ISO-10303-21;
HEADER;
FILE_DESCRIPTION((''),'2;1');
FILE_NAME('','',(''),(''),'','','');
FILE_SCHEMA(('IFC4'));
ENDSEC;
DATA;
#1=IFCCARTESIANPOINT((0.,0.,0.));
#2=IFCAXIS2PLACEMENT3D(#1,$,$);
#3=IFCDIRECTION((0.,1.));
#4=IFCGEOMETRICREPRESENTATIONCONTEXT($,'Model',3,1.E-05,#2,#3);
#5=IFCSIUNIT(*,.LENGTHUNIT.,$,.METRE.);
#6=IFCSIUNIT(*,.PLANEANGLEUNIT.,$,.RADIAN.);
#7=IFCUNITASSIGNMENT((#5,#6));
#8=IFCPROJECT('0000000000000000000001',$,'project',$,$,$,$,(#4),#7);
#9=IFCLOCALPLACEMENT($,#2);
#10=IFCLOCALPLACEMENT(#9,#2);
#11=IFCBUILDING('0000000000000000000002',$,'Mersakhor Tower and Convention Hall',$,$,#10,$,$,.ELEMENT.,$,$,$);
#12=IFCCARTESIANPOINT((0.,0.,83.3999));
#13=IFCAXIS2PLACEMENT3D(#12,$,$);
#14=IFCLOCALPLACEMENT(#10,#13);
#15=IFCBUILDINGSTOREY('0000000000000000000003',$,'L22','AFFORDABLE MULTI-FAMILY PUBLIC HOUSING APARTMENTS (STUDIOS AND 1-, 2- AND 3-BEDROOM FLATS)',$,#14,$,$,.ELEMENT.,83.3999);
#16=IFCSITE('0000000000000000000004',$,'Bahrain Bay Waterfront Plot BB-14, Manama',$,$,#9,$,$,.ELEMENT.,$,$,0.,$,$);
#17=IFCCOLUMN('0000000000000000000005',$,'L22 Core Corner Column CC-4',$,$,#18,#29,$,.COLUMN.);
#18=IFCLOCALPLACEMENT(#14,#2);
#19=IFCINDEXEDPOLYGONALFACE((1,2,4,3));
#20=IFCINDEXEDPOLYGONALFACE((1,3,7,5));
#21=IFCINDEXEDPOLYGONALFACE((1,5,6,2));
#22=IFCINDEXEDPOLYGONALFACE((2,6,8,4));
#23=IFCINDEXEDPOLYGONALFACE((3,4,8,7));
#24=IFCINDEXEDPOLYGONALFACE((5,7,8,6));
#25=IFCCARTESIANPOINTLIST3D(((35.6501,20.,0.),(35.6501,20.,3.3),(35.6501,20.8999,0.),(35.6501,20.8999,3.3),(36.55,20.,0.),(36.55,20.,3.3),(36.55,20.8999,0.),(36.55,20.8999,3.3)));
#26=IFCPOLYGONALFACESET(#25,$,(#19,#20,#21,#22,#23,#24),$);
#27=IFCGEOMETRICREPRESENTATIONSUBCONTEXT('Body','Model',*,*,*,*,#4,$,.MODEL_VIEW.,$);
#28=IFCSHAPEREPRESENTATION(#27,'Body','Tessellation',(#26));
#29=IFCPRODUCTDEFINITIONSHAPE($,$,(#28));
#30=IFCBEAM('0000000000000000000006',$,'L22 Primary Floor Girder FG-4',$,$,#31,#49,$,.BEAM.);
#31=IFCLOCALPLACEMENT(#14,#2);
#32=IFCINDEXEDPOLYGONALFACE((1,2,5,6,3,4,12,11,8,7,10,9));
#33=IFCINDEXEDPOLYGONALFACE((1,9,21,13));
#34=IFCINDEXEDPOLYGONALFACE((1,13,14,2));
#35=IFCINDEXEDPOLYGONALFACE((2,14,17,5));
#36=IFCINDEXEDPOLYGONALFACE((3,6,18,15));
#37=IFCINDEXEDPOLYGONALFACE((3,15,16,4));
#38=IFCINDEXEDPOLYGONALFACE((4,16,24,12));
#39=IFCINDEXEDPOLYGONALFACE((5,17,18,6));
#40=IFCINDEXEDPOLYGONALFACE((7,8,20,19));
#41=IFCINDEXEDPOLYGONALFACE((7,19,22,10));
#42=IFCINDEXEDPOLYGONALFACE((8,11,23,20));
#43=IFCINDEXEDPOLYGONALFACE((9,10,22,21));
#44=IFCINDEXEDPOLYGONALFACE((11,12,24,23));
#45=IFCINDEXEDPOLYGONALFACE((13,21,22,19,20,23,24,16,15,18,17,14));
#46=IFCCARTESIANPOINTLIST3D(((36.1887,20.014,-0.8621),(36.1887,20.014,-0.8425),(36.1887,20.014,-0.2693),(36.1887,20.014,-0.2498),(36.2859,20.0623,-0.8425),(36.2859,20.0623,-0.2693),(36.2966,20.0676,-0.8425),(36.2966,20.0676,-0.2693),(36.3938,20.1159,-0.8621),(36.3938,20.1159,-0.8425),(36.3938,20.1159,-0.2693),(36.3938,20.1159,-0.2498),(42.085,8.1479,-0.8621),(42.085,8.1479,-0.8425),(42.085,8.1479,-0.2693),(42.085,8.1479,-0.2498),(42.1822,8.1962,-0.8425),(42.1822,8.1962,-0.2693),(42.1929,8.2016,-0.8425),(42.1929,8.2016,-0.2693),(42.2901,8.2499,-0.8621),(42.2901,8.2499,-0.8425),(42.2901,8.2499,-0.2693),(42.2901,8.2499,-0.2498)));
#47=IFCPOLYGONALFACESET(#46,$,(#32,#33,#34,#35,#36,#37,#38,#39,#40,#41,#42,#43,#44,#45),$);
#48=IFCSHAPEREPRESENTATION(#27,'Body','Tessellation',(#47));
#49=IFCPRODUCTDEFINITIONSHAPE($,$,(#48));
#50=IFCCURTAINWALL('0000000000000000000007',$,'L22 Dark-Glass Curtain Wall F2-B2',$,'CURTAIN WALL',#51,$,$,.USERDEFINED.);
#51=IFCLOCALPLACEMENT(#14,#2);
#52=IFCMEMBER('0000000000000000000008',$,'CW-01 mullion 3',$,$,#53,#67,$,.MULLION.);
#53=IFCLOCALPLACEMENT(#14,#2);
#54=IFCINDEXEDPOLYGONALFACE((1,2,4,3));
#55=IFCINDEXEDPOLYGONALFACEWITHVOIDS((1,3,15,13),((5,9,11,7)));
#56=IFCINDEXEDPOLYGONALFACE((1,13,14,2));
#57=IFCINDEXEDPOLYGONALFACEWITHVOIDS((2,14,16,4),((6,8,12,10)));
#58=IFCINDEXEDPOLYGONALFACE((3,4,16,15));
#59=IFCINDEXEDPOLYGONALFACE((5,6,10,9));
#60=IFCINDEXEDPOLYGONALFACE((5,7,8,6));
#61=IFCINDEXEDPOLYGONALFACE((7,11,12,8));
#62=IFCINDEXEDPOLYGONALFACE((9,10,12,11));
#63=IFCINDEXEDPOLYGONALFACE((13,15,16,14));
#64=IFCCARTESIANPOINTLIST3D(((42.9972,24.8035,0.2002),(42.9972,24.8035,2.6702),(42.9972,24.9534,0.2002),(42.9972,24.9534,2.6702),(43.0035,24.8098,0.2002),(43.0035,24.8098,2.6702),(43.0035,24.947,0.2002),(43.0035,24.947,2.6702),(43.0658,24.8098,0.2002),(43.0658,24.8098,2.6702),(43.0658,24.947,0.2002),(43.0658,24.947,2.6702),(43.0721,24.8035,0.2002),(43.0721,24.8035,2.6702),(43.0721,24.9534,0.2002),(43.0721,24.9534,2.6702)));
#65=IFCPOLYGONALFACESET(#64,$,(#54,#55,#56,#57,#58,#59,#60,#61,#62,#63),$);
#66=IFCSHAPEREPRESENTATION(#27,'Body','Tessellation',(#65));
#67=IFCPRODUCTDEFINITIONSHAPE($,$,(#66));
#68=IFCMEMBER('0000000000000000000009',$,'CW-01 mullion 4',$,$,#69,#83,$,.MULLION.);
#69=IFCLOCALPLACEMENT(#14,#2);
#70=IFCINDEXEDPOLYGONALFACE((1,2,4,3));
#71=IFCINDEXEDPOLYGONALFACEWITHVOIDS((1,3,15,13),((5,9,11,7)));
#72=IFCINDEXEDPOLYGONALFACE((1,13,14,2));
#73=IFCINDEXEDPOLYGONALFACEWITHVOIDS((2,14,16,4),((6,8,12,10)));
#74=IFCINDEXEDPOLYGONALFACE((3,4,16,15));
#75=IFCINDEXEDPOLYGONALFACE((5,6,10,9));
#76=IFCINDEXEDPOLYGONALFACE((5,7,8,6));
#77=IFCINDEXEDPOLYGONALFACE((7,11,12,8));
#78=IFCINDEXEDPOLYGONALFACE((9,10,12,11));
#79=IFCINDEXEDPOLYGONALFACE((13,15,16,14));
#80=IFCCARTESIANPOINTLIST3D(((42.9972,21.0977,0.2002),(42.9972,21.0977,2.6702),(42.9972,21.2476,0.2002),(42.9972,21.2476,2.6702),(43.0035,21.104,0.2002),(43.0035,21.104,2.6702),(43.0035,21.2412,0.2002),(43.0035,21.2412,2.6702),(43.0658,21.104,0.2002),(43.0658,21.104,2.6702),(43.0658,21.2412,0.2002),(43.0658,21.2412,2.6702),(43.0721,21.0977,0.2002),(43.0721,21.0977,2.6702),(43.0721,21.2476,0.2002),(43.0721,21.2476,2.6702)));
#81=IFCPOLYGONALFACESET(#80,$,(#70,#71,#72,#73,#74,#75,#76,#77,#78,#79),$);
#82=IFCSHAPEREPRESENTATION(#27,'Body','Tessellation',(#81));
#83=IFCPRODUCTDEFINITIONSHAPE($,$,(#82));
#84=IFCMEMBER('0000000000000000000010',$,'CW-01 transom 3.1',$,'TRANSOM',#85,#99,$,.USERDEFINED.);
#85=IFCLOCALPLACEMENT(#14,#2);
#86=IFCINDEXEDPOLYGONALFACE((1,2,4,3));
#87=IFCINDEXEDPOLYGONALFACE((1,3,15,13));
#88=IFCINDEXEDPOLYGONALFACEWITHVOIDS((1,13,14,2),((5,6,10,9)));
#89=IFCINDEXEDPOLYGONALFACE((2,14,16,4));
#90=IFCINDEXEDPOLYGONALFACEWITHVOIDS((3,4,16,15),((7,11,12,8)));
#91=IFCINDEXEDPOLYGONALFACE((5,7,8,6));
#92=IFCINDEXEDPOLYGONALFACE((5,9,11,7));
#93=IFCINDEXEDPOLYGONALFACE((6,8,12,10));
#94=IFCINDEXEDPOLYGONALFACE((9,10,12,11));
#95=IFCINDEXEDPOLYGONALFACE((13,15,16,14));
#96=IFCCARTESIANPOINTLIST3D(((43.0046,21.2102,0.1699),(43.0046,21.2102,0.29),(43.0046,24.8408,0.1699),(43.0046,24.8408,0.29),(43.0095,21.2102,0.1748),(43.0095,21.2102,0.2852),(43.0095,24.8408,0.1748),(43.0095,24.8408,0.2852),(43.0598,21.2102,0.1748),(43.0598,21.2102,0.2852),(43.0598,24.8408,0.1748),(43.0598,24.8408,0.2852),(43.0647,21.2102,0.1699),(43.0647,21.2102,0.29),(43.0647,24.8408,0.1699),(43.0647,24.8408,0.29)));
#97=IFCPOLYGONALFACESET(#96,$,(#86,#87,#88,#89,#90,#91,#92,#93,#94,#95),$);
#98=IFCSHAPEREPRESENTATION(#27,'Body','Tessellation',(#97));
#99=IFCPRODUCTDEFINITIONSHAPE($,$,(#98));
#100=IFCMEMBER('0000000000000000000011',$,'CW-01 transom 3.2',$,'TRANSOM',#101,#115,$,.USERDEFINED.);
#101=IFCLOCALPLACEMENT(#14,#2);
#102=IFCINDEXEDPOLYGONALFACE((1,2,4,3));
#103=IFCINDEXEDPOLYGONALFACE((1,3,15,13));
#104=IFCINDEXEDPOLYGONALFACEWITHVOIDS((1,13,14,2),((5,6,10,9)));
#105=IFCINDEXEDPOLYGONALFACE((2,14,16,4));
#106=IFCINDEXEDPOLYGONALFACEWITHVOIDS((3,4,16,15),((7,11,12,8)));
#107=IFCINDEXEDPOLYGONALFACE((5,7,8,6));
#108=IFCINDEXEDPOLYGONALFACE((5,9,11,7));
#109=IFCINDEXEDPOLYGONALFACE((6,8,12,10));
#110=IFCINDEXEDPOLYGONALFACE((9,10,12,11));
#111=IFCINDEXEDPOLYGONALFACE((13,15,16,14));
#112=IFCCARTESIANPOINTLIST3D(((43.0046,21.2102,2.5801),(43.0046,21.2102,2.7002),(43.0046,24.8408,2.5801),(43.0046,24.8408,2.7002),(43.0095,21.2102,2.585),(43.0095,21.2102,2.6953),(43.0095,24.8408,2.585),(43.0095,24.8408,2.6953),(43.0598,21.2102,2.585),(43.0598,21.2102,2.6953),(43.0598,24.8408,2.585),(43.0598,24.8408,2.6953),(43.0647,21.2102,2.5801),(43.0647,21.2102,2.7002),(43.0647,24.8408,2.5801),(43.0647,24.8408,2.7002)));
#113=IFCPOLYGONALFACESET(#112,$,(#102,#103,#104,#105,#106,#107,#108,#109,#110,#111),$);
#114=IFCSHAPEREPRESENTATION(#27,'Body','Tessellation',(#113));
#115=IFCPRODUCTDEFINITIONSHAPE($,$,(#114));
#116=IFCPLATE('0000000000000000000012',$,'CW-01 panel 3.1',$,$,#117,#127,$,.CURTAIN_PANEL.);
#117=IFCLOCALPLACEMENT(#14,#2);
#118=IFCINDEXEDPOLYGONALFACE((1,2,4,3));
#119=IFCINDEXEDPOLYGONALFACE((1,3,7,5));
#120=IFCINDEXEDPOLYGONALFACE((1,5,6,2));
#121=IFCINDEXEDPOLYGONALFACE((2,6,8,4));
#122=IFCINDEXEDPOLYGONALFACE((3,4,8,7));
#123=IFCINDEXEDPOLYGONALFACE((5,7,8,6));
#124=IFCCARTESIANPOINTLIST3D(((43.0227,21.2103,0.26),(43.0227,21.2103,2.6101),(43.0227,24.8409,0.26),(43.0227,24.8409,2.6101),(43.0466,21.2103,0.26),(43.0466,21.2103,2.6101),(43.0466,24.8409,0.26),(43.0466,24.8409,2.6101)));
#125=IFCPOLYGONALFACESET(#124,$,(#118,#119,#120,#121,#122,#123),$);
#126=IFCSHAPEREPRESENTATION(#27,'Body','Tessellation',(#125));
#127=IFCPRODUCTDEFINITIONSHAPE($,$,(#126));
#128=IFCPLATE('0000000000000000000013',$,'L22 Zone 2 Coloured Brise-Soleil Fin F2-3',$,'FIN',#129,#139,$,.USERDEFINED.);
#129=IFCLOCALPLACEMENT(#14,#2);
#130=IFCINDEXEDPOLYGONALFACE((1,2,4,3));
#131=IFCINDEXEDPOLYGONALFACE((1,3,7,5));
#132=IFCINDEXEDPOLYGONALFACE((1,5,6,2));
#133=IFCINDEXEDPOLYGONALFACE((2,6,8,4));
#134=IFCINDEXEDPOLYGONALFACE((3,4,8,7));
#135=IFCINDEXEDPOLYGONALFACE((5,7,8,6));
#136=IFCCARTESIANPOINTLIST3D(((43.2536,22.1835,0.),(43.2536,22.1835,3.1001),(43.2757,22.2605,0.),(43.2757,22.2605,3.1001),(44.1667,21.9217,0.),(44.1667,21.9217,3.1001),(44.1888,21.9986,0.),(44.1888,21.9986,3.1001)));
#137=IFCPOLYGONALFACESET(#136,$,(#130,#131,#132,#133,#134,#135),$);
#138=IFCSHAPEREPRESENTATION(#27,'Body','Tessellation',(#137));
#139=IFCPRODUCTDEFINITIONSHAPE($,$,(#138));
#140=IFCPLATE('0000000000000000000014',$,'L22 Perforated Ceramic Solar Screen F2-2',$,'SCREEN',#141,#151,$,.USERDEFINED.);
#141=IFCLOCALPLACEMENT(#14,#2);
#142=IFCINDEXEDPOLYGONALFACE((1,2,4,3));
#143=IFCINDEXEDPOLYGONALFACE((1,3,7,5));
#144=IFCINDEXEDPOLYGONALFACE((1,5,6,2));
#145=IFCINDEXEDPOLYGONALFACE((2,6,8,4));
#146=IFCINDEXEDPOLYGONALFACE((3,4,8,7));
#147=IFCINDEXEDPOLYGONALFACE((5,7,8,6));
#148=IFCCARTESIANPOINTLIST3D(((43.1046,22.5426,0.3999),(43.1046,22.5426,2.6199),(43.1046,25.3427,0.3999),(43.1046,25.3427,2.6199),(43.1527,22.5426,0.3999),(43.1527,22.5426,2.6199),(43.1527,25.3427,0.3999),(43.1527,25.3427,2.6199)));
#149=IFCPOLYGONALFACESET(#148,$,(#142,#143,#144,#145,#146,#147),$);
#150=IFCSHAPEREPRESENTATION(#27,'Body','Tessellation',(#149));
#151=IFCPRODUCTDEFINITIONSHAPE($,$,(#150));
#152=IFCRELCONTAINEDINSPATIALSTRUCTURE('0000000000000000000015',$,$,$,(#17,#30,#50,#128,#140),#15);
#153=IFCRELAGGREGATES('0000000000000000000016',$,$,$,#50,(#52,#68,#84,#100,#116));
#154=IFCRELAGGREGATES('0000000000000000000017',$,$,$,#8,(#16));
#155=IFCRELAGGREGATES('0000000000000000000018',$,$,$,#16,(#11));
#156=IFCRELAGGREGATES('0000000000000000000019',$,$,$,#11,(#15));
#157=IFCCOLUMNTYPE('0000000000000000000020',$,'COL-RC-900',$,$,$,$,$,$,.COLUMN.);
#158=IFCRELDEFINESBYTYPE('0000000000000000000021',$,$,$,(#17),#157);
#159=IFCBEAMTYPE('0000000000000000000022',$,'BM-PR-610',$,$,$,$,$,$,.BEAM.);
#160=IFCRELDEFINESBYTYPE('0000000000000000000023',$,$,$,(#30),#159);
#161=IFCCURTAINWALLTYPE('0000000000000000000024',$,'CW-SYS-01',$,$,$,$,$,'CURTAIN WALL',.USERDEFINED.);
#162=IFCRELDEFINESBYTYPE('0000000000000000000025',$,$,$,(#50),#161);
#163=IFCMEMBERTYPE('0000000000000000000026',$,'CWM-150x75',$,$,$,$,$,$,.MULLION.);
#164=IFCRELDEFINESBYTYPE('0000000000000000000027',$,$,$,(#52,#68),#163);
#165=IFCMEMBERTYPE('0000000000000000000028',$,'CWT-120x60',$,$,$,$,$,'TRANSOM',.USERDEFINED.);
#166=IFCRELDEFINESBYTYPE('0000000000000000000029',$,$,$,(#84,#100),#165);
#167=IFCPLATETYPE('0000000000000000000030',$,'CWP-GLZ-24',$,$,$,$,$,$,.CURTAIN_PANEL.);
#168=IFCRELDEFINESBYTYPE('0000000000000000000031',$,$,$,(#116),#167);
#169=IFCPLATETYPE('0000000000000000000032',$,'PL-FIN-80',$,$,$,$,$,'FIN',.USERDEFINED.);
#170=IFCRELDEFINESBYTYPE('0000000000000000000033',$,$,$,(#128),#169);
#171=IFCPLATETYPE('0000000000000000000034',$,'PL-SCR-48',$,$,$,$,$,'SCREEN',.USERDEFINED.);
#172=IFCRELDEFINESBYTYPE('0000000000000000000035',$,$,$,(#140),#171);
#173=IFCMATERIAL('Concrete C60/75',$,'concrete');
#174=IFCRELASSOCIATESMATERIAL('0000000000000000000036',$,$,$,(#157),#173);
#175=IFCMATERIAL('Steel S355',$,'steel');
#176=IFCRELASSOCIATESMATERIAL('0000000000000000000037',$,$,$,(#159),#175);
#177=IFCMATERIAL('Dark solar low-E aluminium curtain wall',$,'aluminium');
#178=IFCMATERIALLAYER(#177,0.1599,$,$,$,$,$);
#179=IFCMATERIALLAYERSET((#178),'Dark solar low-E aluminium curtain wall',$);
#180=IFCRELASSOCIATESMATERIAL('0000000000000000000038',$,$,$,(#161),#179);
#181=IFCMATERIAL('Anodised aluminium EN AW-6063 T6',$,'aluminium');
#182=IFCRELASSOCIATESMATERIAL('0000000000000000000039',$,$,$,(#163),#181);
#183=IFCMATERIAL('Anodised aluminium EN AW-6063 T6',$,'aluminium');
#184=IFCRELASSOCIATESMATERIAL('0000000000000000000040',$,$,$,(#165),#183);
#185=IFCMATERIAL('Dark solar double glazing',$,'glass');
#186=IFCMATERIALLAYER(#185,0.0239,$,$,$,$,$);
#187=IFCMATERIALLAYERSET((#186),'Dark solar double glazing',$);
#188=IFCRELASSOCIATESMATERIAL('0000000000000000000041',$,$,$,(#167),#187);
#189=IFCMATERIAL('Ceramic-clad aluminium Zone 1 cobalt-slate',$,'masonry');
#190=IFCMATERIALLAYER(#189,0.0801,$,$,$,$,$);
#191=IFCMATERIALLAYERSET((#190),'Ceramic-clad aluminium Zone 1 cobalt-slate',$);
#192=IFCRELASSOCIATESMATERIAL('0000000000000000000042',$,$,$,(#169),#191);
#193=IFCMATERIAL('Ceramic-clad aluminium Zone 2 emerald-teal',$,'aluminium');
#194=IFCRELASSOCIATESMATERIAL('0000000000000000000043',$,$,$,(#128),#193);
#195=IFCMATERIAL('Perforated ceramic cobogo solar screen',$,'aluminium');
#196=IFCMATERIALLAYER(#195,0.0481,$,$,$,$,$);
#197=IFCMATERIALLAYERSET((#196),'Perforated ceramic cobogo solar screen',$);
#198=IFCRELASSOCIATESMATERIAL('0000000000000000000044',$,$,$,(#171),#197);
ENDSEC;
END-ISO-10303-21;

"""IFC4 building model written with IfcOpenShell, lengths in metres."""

from ifc_helpers import new_model, si_unit, direction, frame, origin, origin_2d, place, context, subcontext, project, spatial, rectangle, hollow_rectangle, i_section, extrude, material, layer, layer_set, material_profile, profile_set, type_object, element, aggregate, save


model = new_model("IFC4")

# Units and contexts
model_context = context("Model", 3, precision=1e-05, world=origin(), true_north=direction((0.0, 1.0)))
body_context = subcontext(model_context, "Body", "Model", "MODEL_VIEW")
ifc_project = project(units=[si_unit("LENGTHUNIT", "METRE"), si_unit("PLANEANGLEUNIT", "RADIAN")], contexts=[model_context])

# Site, building, storey
site_placement = place(None, origin())
site = spatial("IfcSite", under=ifc_project, at=site_placement, Name="Bahrain Bay Waterfront Plot BB-14, Manama", CompositionType="ELEMENT", RefElevation=0.0)
building_placement = place(site_placement, origin())
building = spatial("IfcBuilding", under=site, at=building_placement, Name="Mersakhor Tower and Convention Hall", CompositionType="ELEMENT")
storey_placement = place(building_placement, frame((0.0, 0.0, 83.3999)))
storey = spatial("IfcBuildingStorey", under=building, at=storey_placement, Name="L22", Description="AFFORDABLE MULTI-FAMILY PUBLIC HOUSING APARTMENTS (STUDIOS AND 1-, 2- AND 3-BEDROOM FLATS)", CompositionType="ELEMENT", Elevation=83.3999)

# Column
ifc_material_1 = material(Name="Concrete C60/75", Category="concrete")
ifc_material_profile_1 = material_profile(ifc_material_1, rectangle(XDim=0.8999, YDim=0.8999, at=origin_2d()), Name="RC 900x900")
ifc_profile_set_1 = profile_set([ifc_material_profile_1], Name="Concrete C60/75")
column_type = type_object("IfcColumnType", Name="COL-RC-900", PredefinedType="COLUMN", material=ifc_profile_set_1)
column_placement = place(storey_placement, frame((36.1001, 20.45, 0.0), z_axis=(0.0, 0.0, 1.0), x_axis=(1.0, 0.0, 0.0)))
element("IfcColumn", 1, at=column_placement, inside=storey, type_object=column_type, Name="L22 Core Corner Column CC-4", PredefinedType="COLUMN", context=body_context, shape_type="SweptSolid", body=[
    extrude(rectangle(XDim=0.8999, YDim=0.8999, at=origin_2d()), origin(), (0.0, 0.0, 1.0), 3.3),
])

# Beam
ifc_material_2 = material(Name="Steel S355", Category="steel")
ifc_material_profile_2 = material_profile(ifc_material_2, i_section(OverallWidth=0.229, OverallDepth=0.6123, WebThickness=0.012, FlangeThickness=0.0195, at=origin_2d()), Name="UB 610x229x125")
ifc_profile_set_2 = profile_set([ifc_material_profile_2], Name="Steel S355")
beam_type = type_object("IfcBeamType", Name="BM-PR-610", PredefinedType="BEAM", material=ifc_profile_set_2)
beam_placement = place(storey_placement, frame((36.2913, 20.0649, -0.5559), z_axis=(0.444994, -0.895534, 0.0), x_axis=(0.895534, 0.444994, 0.0)))
element("IfcBeam", 2, at=beam_placement, inside=storey, type_object=beam_type, Name="L22 Primary Floor Girder FG-4", PredefinedType="BEAM", context=body_context, shape_type="SweptSolid", body=[
    extrude(i_section(OverallWidth=0.229, OverallDepth=0.6123, WebThickness=0.012, FlangeThickness=0.0195, at=origin_2d()), origin(), (0.0, 0.0, 1.0), 13.2502),
])

# Curtain wall, members, plate
ifc_material_3 = material(Name="Dark solar low-E aluminium curtain wall", Category="aluminium")
ifc_layer_1 = layer(ifc_material_3, 0.1599)
ifc_layer_set_1 = layer_set([ifc_layer_1], Name="Dark solar low-E aluminium curtain wall")
curtain_wall_type = type_object("IfcCurtainWallType", Name="CW-SYS-01", ElementType="CURTAIN WALL", PredefinedType="USERDEFINED", material=ifc_layer_set_1)
curtain_wall_placement = place(storey_placement, origin())
curtain_wall = element("IfcCurtainWall", 3, at=curtain_wall_placement, inside=storey, type_object=curtain_wall_type, Name="L22 Dark-Glass Curtain Wall F2-B2", ObjectType="CURTAIN WALL", PredefinedType="USERDEFINED")
ifc_material_4 = material(Name="Anodised aluminium EN AW-6063 T6", Category="aluminium")
ifc_material_profile_3 = material_profile(ifc_material_4, hollow_rectangle(XDim=0.075, YDim=0.1499, WallThickness=0.0063, at=origin_2d()), Name="RHS 150x75x6.3")
ifc_profile_set_3 = profile_set([ifc_material_profile_3], Name="Anodised aluminium EN AW-6063 T6")
member_type_1 = type_object("IfcMemberType", Name="CWM-150x75", PredefinedType="MULLION", material=ifc_profile_set_3)
member_1_placement = place(storey_placement, frame((43.0347, 24.8784, 0.2002), z_axis=(0.0, 0.0, 1.0), x_axis=(1.0, 0.0, 0.0)))
member_1 = element("IfcMember", 4, at=member_1_placement, type_object=member_type_1, Name="CW-01 mullion 3", PredefinedType="MULLION", context=body_context, shape_type="SweptSolid", body=[
    extrude(hollow_rectangle(XDim=0.075, YDim=0.1499, WallThickness=0.0063, at=origin_2d()), origin(), (0.0, 0.0, 1.0), 2.47),
])
member_2_placement = place(storey_placement, frame((43.0347, 21.1726, 0.2002), z_axis=(0.0, 0.0, 1.0), x_axis=(1.0, 0.0, 0.0)))
member_2 = element("IfcMember", 5, at=member_2_placement, type_object=member_type_1, Name="CW-01 mullion 4", PredefinedType="MULLION", context=body_context, shape_type="SweptSolid", body=[
    extrude(hollow_rectangle(XDim=0.075, YDim=0.1499, WallThickness=0.0063, at=origin_2d()), origin(), (0.0, 0.0, 1.0), 2.47),
])
ifc_material_5 = material(Name="Anodised aluminium EN AW-6063 T6", Category="aluminium")
ifc_material_profile_4 = material_profile(ifc_material_5, hollow_rectangle(XDim=0.0601, YDim=0.1201, WallThickness=0.0049, at=origin_2d()), Name="RHS 120x60x5")
ifc_profile_set_4 = profile_set([ifc_material_profile_4], Name="Anodised aluminium EN AW-6063 T6")
member_type_2 = type_object("IfcMemberType", Name="CWT-120x60", ElementType="TRANSOM", PredefinedType="USERDEFINED", material=ifc_profile_set_4)
member_3_placement = place(storey_placement, frame((43.0347, 24.8408, 0.23), z_axis=(0.0, -1.0, 0.0), x_axis=(1.0, 0.0, 0.0)))
member_3 = element("IfcMember", 6, at=member_3_placement, type_object=member_type_2, Name="CW-01 transom 3.1", ObjectType="TRANSOM", PredefinedType="USERDEFINED", context=body_context, shape_type="SweptSolid", body=[
    extrude(hollow_rectangle(XDim=0.0601, YDim=0.1201, WallThickness=0.0049, at=origin_2d()), origin(), (0.0, 0.0, 1.0), 3.6306),
])
member_4_placement = place(storey_placement, frame((43.0347, 24.8408, 2.6401), z_axis=(0.0, -1.0, 0.0), x_axis=(1.0, 0.0, 0.0)))
member_4 = element("IfcMember", 7, at=member_4_placement, type_object=member_type_2, Name="CW-01 transom 3.2", ObjectType="TRANSOM", PredefinedType="USERDEFINED", context=body_context, shape_type="SweptSolid", body=[
    extrude(hollow_rectangle(XDim=0.0601, YDim=0.1201, WallThickness=0.0049, at=origin_2d()), origin(), (0.0, 0.0, 1.0), 3.6306),
])
ifc_material_6 = material(Name="Dark solar double glazing", Category="glass")
ifc_layer_2 = layer(ifc_material_6, 0.0239)
ifc_layer_set_2 = layer_set([ifc_layer_2], Name="Dark solar double glazing")
plate_type_1 = type_object("IfcPlateType", Name="CWP-GLZ-24", PredefinedType="CURTAIN_PANEL", material=ifc_layer_set_2)
plate_1_placement = place(storey_placement, frame((43.0347, 23.0256, 0.26), z_axis=(0.0, 0.0, 1.0), x_axis=(0.0, -1.0, 0.0)))
plate_1 = element("IfcPlate", 8, at=plate_1_placement, type_object=plate_type_1, Name="CW-01 panel 3.1", PredefinedType="CURTAIN_PANEL", context=body_context, shape_type="SweptSolid", body=[
    extrude(rectangle(XDim=3.6306, YDim=0.0239, at=origin_2d()), origin(), (0.0, 0.0, 1.0), 2.3501),
])
aggregate(curtain_wall, [member_1, member_2, member_3, member_4, plate_1])

# Plates
ifc_material_7 = material(Name="Ceramic-clad aluminium Zone 2 emerald-teal", Category="aluminium")
ifc_material_8 = material(Name="Ceramic-clad aluminium Zone 1 cobalt-slate", Category="masonry")
ifc_layer_3 = layer(ifc_material_8, 0.0801)
ifc_layer_set_3 = layer_set([ifc_layer_3], Name="Ceramic-clad aluminium Zone 1 cobalt-slate")
plate_type_2 = type_object("IfcPlateType", Name="PL-FIN-80", ElementType="FIN", PredefinedType="USERDEFINED", material=ifc_layer_set_3)
plate_2_placement = place(storey_placement, frame((43.7212, 22.0911, 0.0), z_axis=(0.0, 0.0, 1.0), x_axis=(0.961262, -0.275637, 0.0)))
element("IfcPlate", 9, at=plate_2_placement, inside=storey, type_object=plate_type_2, material=ifc_material_7, Name="L22 Zone 2 Coloured Brise-Soleil Fin F2-3", ObjectType="FIN", PredefinedType="USERDEFINED", context=body_context, shape_type="SweptSolid", body=[
    extrude(rectangle(XDim=0.95, YDim=0.0801, at=origin_2d()), origin(), (0.0, 0.0, 1.0), 3.1001),
])
ifc_material_9 = material(Name="Perforated ceramic cobogo solar screen", Category="aluminium")
ifc_layer_4 = layer(ifc_material_9, 0.0481)
ifc_layer_set_4 = layer_set([ifc_layer_4], Name="Perforated ceramic cobogo solar screen")
plate_type_3 = type_object("IfcPlateType", Name="PL-SCR-48", ElementType="SCREEN", PredefinedType="USERDEFINED", material=ifc_layer_set_4)
plate_3_placement = place(storey_placement, frame((43.1287, 23.9426, 0.3999), z_axis=(0.0, 0.0, 1.0), x_axis=(0.0, -1.0, 0.0)))
element("IfcPlate", 10, at=plate_3_placement, inside=storey, type_object=plate_type_3, Name="L22 Perforated Ceramic Solar Screen F2-2", ObjectType="SCREEN", PredefinedType="USERDEFINED", context=body_context, shape_type="SweptSolid", body=[
    extrude(rectangle(XDim=2.8, YDim=0.0481, at=origin_2d()), origin(), (0.0, 0.0, 1.0), 2.22),
])

save(model, "model.ifc")
